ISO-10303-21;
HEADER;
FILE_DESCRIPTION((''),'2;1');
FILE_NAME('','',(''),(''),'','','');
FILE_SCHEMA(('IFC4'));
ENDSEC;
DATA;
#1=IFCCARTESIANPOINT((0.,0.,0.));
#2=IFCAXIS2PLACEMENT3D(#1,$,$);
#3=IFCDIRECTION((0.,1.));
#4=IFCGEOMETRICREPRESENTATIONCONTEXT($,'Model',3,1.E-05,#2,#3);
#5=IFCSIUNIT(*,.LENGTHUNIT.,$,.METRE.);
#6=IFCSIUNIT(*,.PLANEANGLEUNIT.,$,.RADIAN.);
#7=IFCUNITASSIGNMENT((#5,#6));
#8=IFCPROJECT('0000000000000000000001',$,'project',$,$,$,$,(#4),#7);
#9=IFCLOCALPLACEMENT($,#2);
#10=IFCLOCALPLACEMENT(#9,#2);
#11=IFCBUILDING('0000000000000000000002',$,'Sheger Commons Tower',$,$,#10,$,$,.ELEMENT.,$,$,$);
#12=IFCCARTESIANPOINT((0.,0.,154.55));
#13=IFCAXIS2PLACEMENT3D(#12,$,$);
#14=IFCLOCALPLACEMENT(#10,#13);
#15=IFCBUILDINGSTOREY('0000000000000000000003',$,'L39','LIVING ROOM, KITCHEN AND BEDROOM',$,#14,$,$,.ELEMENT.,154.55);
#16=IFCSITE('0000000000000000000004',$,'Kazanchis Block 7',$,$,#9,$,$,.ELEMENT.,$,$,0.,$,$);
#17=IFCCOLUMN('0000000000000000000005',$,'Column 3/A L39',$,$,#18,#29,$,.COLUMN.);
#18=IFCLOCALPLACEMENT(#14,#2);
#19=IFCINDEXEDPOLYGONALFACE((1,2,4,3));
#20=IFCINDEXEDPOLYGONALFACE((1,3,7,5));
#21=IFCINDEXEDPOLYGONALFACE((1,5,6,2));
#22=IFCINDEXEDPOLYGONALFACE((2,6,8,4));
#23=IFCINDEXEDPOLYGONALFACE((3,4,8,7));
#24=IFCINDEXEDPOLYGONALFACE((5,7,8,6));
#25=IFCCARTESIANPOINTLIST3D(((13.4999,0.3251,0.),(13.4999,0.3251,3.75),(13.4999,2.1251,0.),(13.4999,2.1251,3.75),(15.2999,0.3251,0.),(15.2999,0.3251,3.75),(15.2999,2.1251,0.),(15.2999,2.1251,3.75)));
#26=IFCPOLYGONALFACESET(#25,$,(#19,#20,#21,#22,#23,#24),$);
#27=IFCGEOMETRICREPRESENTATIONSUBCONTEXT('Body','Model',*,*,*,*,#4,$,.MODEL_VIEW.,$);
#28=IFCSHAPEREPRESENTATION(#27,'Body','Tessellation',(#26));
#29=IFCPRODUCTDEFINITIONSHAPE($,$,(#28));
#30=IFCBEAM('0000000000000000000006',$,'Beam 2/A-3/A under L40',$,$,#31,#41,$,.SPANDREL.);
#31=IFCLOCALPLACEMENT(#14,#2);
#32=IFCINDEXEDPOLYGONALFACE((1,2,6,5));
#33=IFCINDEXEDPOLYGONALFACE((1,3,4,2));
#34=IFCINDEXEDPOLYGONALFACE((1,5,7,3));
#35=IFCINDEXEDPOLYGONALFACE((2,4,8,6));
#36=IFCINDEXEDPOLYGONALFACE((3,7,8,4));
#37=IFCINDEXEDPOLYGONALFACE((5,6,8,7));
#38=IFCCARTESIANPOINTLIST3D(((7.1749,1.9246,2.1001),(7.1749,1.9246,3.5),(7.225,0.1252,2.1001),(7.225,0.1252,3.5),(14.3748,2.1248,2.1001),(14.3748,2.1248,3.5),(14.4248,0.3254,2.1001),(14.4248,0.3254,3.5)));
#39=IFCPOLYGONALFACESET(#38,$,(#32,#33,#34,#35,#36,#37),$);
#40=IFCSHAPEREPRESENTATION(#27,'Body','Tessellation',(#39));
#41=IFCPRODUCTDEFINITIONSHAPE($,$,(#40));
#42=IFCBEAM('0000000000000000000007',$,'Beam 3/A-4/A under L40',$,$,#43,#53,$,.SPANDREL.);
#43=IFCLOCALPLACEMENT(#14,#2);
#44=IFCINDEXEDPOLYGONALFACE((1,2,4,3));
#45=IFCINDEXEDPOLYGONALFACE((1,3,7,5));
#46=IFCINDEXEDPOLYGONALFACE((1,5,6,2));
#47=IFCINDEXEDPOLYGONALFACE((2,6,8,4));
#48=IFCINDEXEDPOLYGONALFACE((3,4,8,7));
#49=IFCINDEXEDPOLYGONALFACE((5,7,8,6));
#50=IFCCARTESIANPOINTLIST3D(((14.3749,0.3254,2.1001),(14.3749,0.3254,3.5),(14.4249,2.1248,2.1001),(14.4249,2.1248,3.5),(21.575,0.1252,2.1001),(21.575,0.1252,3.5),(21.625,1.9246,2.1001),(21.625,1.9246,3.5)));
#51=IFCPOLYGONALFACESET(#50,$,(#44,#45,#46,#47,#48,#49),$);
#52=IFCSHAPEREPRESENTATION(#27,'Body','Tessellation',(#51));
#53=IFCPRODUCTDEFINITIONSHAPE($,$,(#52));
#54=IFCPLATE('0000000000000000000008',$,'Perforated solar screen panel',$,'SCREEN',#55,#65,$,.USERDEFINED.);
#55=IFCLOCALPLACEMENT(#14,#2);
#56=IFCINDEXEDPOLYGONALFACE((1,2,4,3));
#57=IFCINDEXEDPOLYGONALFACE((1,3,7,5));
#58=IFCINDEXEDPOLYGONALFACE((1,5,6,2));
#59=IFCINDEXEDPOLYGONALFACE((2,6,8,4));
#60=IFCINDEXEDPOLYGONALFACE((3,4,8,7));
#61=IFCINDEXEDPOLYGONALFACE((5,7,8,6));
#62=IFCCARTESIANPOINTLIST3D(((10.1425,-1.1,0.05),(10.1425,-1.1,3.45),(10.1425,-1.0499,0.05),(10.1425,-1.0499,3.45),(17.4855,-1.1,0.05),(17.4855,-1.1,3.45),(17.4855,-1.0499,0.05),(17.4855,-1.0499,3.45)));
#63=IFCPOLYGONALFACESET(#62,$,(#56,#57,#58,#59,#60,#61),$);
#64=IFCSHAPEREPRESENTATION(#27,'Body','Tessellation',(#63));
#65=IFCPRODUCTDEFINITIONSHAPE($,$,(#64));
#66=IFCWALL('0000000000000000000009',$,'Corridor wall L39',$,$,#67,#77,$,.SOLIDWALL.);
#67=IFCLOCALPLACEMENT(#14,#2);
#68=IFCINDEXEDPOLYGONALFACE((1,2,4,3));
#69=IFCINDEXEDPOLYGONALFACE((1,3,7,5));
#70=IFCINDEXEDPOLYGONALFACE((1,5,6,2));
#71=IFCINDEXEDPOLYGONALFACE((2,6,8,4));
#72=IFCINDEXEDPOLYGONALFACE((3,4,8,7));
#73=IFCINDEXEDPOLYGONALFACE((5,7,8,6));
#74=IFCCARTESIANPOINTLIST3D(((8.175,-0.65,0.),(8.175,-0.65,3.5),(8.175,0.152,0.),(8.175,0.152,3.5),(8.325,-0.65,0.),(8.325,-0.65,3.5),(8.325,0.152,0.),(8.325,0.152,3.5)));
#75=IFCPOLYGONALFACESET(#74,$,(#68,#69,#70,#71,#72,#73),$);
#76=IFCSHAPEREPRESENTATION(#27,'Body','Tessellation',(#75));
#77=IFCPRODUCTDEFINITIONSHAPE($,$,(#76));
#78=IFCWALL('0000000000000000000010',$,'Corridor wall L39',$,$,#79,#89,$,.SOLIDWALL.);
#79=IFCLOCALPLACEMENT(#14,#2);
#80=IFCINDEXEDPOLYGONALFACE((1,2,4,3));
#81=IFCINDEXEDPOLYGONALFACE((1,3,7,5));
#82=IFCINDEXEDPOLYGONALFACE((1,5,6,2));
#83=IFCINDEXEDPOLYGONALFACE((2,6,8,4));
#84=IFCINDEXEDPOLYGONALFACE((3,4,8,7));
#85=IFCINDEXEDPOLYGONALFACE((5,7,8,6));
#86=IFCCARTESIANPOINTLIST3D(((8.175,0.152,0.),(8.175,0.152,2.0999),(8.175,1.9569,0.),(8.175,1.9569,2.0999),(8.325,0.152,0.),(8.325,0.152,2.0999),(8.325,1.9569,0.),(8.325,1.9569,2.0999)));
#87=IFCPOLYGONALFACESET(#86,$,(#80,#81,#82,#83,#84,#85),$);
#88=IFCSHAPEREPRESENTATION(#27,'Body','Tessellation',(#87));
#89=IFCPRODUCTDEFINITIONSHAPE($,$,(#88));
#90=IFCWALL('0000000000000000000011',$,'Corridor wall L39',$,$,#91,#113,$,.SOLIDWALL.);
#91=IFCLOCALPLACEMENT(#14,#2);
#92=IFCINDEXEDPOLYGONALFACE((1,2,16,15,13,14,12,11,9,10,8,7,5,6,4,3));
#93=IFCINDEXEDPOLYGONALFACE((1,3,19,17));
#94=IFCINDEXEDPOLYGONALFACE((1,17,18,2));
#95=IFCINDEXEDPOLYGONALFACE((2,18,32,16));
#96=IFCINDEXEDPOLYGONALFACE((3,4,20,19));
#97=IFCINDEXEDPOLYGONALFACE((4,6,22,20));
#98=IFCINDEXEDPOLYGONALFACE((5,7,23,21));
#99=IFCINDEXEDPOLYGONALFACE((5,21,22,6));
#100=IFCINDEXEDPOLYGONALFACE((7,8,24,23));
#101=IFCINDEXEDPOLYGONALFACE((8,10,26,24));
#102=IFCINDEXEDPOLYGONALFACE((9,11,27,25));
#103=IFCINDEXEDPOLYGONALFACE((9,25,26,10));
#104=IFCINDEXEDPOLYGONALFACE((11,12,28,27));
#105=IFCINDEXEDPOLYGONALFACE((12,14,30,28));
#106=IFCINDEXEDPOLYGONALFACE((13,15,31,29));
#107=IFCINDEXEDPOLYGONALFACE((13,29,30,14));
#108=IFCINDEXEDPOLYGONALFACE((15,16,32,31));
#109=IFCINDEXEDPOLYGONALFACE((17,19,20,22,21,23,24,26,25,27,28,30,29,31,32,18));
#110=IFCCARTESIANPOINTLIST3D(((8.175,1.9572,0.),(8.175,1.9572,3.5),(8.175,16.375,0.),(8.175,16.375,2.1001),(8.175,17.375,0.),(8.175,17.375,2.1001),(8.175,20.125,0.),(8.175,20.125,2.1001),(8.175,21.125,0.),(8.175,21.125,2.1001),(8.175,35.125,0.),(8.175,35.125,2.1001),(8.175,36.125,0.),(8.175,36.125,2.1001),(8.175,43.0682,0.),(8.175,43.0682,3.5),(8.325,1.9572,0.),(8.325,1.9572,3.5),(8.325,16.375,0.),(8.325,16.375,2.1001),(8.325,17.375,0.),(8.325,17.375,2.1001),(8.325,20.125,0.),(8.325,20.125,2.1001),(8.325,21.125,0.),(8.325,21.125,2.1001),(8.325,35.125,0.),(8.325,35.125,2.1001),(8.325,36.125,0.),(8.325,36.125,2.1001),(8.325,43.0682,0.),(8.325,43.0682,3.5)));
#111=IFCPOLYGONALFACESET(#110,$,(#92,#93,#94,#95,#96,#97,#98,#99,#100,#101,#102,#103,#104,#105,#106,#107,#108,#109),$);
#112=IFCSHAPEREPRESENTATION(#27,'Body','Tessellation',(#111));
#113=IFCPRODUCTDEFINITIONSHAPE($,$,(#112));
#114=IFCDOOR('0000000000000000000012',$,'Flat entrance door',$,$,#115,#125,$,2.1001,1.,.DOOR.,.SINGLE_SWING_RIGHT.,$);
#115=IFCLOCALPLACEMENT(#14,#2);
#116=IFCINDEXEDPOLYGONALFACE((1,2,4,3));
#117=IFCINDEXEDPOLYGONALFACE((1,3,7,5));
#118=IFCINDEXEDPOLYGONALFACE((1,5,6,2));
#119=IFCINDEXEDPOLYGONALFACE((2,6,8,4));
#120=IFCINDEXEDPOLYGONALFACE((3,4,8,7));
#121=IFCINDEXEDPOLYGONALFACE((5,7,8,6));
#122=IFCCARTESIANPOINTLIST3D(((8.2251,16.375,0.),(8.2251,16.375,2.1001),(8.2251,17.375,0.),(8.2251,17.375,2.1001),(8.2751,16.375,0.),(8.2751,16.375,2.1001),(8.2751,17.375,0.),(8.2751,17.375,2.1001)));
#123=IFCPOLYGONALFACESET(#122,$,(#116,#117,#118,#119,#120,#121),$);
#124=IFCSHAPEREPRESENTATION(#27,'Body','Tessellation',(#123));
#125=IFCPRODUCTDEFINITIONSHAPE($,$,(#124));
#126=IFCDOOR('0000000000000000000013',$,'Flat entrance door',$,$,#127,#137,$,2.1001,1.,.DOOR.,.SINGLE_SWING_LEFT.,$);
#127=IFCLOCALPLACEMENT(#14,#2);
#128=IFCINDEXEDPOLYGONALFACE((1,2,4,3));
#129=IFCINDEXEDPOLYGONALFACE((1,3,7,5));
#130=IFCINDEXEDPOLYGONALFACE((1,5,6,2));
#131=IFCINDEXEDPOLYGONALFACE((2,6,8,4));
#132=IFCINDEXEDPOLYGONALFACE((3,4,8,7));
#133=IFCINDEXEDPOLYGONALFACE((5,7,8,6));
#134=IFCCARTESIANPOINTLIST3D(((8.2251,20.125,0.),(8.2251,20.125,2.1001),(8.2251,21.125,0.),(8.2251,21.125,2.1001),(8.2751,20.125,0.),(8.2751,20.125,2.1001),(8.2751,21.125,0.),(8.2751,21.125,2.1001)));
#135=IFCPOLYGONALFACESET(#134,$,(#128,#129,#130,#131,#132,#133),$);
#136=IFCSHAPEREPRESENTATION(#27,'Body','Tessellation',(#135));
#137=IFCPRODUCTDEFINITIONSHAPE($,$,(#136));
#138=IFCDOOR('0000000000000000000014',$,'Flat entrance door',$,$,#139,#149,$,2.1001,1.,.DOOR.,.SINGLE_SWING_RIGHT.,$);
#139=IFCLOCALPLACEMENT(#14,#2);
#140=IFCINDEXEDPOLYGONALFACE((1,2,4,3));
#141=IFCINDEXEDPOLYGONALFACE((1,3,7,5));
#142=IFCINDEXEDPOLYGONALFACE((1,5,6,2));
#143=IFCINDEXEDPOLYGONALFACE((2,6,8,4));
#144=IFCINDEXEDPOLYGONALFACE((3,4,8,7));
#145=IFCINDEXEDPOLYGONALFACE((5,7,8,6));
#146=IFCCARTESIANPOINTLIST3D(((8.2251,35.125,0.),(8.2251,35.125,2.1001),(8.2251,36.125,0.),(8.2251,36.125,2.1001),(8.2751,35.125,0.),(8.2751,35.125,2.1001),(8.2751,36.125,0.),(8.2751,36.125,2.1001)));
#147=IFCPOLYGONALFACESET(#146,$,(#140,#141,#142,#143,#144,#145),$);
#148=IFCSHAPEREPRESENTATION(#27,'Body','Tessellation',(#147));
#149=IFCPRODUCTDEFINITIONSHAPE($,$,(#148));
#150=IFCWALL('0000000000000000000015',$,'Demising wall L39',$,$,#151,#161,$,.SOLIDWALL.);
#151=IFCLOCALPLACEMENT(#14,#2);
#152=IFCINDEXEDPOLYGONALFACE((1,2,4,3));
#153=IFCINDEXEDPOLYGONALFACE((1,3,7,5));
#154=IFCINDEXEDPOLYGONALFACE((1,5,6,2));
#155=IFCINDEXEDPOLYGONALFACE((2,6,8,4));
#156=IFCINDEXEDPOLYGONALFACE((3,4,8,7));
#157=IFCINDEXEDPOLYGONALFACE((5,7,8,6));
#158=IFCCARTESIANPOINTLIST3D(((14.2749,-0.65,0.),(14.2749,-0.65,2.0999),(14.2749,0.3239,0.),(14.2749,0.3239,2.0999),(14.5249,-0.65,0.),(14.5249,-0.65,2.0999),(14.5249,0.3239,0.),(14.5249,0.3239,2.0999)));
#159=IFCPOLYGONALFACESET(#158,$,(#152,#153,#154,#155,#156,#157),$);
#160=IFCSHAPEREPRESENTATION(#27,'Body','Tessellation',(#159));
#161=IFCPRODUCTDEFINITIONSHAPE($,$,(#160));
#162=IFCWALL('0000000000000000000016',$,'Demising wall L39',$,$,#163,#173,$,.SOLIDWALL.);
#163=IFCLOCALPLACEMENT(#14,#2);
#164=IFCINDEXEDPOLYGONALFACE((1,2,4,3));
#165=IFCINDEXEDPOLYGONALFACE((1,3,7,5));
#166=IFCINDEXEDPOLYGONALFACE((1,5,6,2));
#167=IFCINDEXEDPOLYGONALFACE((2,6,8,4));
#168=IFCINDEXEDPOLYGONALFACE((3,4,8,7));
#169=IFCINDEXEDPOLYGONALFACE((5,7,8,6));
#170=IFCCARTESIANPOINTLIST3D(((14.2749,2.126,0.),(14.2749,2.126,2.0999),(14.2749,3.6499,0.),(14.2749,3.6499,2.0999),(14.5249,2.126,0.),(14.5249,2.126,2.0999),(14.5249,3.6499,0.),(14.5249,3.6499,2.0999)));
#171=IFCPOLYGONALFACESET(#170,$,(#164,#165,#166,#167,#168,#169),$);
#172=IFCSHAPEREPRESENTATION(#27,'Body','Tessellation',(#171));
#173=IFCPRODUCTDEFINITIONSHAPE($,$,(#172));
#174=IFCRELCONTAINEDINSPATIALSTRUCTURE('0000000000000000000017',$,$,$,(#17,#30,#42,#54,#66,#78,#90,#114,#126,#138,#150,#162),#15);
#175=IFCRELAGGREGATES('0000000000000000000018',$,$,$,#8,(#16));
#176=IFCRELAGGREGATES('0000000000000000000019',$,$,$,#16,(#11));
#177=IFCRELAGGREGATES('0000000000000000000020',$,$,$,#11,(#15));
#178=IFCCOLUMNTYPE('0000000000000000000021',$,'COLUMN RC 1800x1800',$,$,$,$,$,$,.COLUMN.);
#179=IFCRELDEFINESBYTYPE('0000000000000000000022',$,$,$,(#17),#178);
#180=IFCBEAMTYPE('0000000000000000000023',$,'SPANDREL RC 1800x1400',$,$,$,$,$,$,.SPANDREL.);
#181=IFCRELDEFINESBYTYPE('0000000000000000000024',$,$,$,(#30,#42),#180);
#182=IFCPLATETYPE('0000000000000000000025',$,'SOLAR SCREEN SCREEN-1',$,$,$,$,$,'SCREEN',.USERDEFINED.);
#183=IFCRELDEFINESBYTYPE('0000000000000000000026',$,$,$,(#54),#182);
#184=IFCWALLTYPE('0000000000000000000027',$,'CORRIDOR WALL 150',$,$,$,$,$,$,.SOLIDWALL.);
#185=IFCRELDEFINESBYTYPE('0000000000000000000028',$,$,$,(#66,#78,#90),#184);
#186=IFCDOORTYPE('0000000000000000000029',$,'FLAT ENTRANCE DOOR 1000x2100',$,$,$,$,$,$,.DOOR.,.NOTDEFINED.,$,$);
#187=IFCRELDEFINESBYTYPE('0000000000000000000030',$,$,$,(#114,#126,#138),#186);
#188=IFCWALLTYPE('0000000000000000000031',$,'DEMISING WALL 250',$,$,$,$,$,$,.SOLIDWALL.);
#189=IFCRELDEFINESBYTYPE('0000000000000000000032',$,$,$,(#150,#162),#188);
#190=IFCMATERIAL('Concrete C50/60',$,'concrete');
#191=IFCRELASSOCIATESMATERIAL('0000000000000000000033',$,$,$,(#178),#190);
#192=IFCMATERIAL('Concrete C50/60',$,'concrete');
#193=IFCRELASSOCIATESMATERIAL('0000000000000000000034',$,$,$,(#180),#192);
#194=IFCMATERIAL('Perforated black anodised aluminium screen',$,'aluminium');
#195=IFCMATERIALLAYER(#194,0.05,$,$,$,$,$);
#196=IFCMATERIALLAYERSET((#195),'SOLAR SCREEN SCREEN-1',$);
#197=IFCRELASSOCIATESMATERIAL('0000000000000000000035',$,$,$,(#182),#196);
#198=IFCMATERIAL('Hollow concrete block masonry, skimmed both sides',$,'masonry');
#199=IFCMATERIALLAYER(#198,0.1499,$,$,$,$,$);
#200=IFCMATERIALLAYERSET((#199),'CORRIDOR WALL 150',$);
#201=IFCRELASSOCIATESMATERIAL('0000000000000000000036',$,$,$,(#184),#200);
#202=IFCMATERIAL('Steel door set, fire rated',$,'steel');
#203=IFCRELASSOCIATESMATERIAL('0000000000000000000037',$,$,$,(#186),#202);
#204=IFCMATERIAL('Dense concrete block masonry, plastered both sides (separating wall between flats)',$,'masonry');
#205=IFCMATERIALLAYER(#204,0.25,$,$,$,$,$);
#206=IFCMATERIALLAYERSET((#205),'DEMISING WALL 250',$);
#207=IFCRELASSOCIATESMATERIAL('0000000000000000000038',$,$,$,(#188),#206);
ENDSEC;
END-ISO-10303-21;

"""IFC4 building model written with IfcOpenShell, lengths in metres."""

from ifc_helpers import new_model, si_unit, direction, frame, frame_2d, origin, origin_2d, place, context, subcontext, project, spatial, rectangle, extrude, material, layer, layer_set, material_profile, profile_set, type_object, element, fill, save


model = new_model("IFC4")

# Units and contexts
model_context = context("Model", 3, precision=1e-05, world=origin(), true_north=direction((0.0, 1.0)))
body_context = subcontext(model_context, "Body", "Model", "MODEL_VIEW")
ifc_project = project(units=[si_unit("LENGTHUNIT", "METRE"), si_unit("PLANEANGLEUNIT", "RADIAN")], contexts=[model_context])

# Site, building, storey
site_placement = place(None, origin())
site = spatial("IfcSite", under=ifc_project, at=site_placement, Name="Kazanchis Block 7", CompositionType="ELEMENT", RefElevation=0.0)
building_placement = place(site_placement, origin())
building = spatial("IfcBuilding", under=site, at=building_placement, Name="Sheger Commons Tower", CompositionType="ELEMENT")
storey_placement = place(building_placement, frame((0.0, 0.0, 154.55)))
storey = spatial("IfcBuildingStorey", under=building, at=storey_placement, Name="L39", Description="LIVING ROOM, KITCHEN AND BEDROOM", CompositionType="ELEMENT", Elevation=154.55)

# Column
ifc_material_1 = material(Name="Concrete C50/60", Category="concrete")
ifc_material_profile_1 = material_profile(ifc_material_1, rectangle(XDim=1.8, YDim=1.8, at=origin_2d()), Name="RC 1800x1800")
ifc_profile_set_1 = profile_set([ifc_material_profile_1], Name="Concrete C50/60")
column_type = type_object("IfcColumnType", Name="COLUMN RC 1800x1800", PredefinedType="COLUMN", material=ifc_profile_set_1)
column_placement = place(storey_placement, frame((14.3999, 1.2251, 0.0), z_axis=(0.0, 0.0, 1.0), x_axis=(1.0, 0.0, 0.0)))
element("IfcColumn", 1, at=column_placement, inside=storey, type_object=column_type, Name="Column 3/A L39", PredefinedType="COLUMN", context=body_context, shape_type="SweptSolid", body=[
    extrude(rectangle(XDim=1.8, YDim=1.8, at=origin_2d()), origin(), (0.0, 0.0, 1.0), 3.75),
])

# Beams
ifc_material_2 = material(Name="Concrete C50/60", Category="concrete")
ifc_material_profile_2 = material_profile(ifc_material_2, rectangle(XDim=1.8, YDim=1.3999, at=origin_2d()), Name="RC 1800x1400")
ifc_profile_set_2 = profile_set([ifc_material_profile_2], Name="Concrete C50/60")
beam_type = type_object("IfcBeamType", Name="SPANDREL RC 1800x1400", PredefinedType="SPANDREL", material=ifc_profile_set_2)
beam_1_placement = place(storey_placement, frame((7.2, 1.0249, 2.8), z_axis=(0.999614, 0.027794, 0.0), x_axis=(-0.027794, 0.999614, 0.0)))
element("IfcBeam", 2, at=beam_1_placement, inside=storey, type_object=beam_type, Name="Beam 2/A-3/A under L40", PredefinedType="SPANDREL", context=body_context, shape_type="SweptSolid", body=[
    extrude(rectangle(XDim=1.8, YDim=1.3999, at=origin_2d()), origin(), (0.0, 0.0, 1.0), 7.2026),
])
beam_2_placement = place(storey_placement, frame((14.3999, 1.2251, 2.8), z_axis=(0.999614, -0.027793, 0.0), x_axis=(0.027793, 0.999614, 0.0)))
element("IfcBeam", 3, at=beam_2_placement, inside=storey, type_object=beam_type, Name="Beam 3/A-4/A under L40", PredefinedType="SPANDREL", context=body_context, shape_type="SweptSolid", body=[
    extrude(rectangle(XDim=1.8, YDim=1.3999, at=origin_2d()), origin(), (0.0, 0.0, 1.0), 7.2029),
])

# Plate
ifc_material_3 = material(Name="Perforated black anodised aluminium screen", Category="aluminium")
ifc_layer_1 = layer(ifc_material_3, 0.05)
ifc_layer_set_1 = layer_set([ifc_layer_1], Name="SOLAR SCREEN SCREEN-1")
plate_type = type_object("IfcPlateType", Name="SOLAR SCREEN SCREEN-1", ElementType="SCREEN", PredefinedType="USERDEFINED", material=ifc_layer_set_1)
plate_placement = place(storey_placement, frame((13.814, -1.075, 0.05), z_axis=(0.0, 0.0, 1.0), x_axis=(1.0, 0.0, 0.0)))
element("IfcPlate", 4, at=plate_placement, inside=storey, type_object=plate_type, Name="Perforated solar screen panel", ObjectType="SCREEN", PredefinedType="USERDEFINED", context=body_context, shape_type="SweptSolid", body=[
    extrude(rectangle(XDim=7.343, YDim=0.05, at=origin_2d()), origin(), (0.0, 0.0, 1.0), 3.3999),
])

# Walls
ifc_material_4 = material(Name="Hollow concrete block masonry, skimmed both sides", Category="masonry")
ifc_layer_2 = layer(ifc_material_4, 0.1499)
ifc_layer_set_2 = layer_set([ifc_layer_2], Name="CORRIDOR WALL 150")
wall_type_1 = type_object("IfcWallType", Name="CORRIDOR WALL 150", PredefinedType="SOLIDWALL", material=ifc_layer_set_2)
wall_1_placement = place(storey_placement, frame((8.25, -0.6499, 0.0), z_axis=(0.0, 0.0, 1.0), x_axis=(0.0, 1.0, 0.0)))
element("IfcWall", 5, at=wall_1_placement, inside=storey, type_object=wall_type_1, Name="Corridor wall L39", PredefinedType="SOLIDWALL", context=body_context, shape_type="SweptSolid", body=[
    extrude(rectangle(XDim=0.802, YDim=0.1499, at=frame_2d((0.4009, 0.0))), origin(), (0.0, 0.0, 1.0), 3.5),
])
wall_2_placement = place(storey_placement, frame((8.25, 0.1521, 0.0), z_axis=(0.0, 0.0, 1.0), x_axis=(0.0, 1.0, 0.0)))
element("IfcWall", 6, at=wall_2_placement, inside=storey, type_object=wall_type_1, Name="Corridor wall L39", PredefinedType="SOLIDWALL", context=body_context, shape_type="SweptSolid", body=[
    extrude(rectangle(XDim=1.8049, YDim=0.1499, at=frame_2d((0.9023, 0.0))), origin(), (0.0, 0.0, 1.0), 2.0999),
])

# Wall, openings, doors
wall_3_placement = place(storey_placement, frame((8.25, 1.957, 0.0), z_axis=(0.0, 0.0, 1.0), x_axis=(0.0, 1.0, 0.0)))
wall_3 = element("IfcWall", 7, at=wall_3_placement, inside=storey, type_object=wall_type_1, Name="Corridor wall L39", PredefinedType="SOLIDWALL", context=body_context, shape_type="SweptSolid", body=[
    extrude(rectangle(XDim=41.1111, YDim=0.1499, at=frame_2d((20.5557, 0.0))), origin(), (0.0, 0.0, 1.0), 3.5),
])
opening_1_placement = place(wall_3_placement, frame((14.418, 0.0, 0.0)))
opening_1 = element("IfcOpeningElement", 8, at=opening_1_placement, cuts=wall_3, PredefinedType="OPENING", context=body_context, shape_type="SweptSolid", body=[
    extrude(rectangle(XDim=1.0, YDim=2.1001, at=frame_2d((0.5, 1.05))), frame((0.0, 0.085, 0.0), z_axis=(0.0, -1.0, 0.0), x_axis=(1.0, 0.0, 0.0)), (0.0, 0.0, 1.0), 0.1699),
])
opening_2_placement = place(wall_3_placement, frame((18.168, 0.0, 0.0)))
opening_2 = element("IfcOpeningElement", 9, at=opening_2_placement, cuts=wall_3, PredefinedType="OPENING", context=body_context, shape_type="SweptSolid", body=[
    extrude(rectangle(XDim=1.0, YDim=2.1001, at=frame_2d((0.5, 1.05))), frame((0.0, 0.085, 0.0), z_axis=(0.0, -1.0, 0.0), x_axis=(1.0, 0.0, 0.0)), (0.0, 0.0, 1.0), 0.1699),
])
opening_3_placement = place(wall_3_placement, frame((33.168, 0.0, 0.0)))
opening_3 = element("IfcOpeningElement", 10, at=opening_3_placement, cuts=wall_3, PredefinedType="OPENING", context=body_context, shape_type="SweptSolid", body=[
    extrude(rectangle(XDim=1.0, YDim=2.1001, at=frame_2d((0.5, 1.05))), frame((0.0, 0.085, 0.0), z_axis=(0.0, -1.0, 0.0), x_axis=(1.0, 0.0, 0.0)), (0.0, 0.0, 1.0), 0.1699),
])
ifc_material_5 = material(Name="Steel door set, fire rated", Category="steel")
door_type = type_object("IfcDoorType", Name="FLAT ENTRANCE DOOR 1000x2100", OperationType="NOTDEFINED", PredefinedType="DOOR", material=ifc_material_5)
door_1_placement = place(opening_1_placement, origin())
door_1 = element("IfcDoor", 11, at=door_1_placement, inside=storey, type_object=door_type, Name="Flat entrance door", OperationType="SINGLE_SWING_RIGHT", OverallHeight=2.1001, OverallWidth=1.0, PredefinedType="DOOR", context=body_context, shape_type="SweptSolid", body=[
    extrude(rectangle(XDim=1.0, YDim=2.1001, at=frame_2d((0.5, 1.05))), frame((0.0, 0.0249, 0.0), z_axis=(0.0, -1.0, 0.0), x_axis=(1.0, 0.0, 0.0)), (0.0, 0.0, 1.0), 0.05),
])
fill(opening_1, door_1)
door_2_placement = place(opening_2_placement, origin())
door_2 = element("IfcDoor", 12, at=door_2_placement, inside=storey, type_object=door_type, Name="Flat entrance door", OperationType="SINGLE_SWING_LEFT", OverallHeight=2.1001, OverallWidth=1.0, PredefinedType="DOOR", context=body_context, shape_type="SweptSolid", body=[
    extrude(rectangle(XDim=1.0, YDim=2.1001, at=frame_2d((0.5, 1.05))), frame((0.0, 0.0249, 0.0), z_axis=(0.0, -1.0, 0.0), x_axis=(1.0, 0.0, 0.0)), (0.0, 0.0, 1.0), 0.05),
])
fill(opening_2, door_2)
door_3_placement = place(opening_3_placement, origin())
door_3 = element("IfcDoor", 13, at=door_3_placement, inside=storey, type_object=door_type, Name="Flat entrance door", OperationType="SINGLE_SWING_RIGHT", OverallHeight=2.1001, OverallWidth=1.0, PredefinedType="DOOR", context=body_context, shape_type="SweptSolid", body=[
    extrude(rectangle(XDim=1.0, YDim=2.1001, at=frame_2d((0.5, 1.05))), frame((0.0, 0.0249, 0.0), z_axis=(0.0, -1.0, 0.0), x_axis=(1.0, 0.0, 0.0)), (0.0, 0.0, 1.0), 0.05),
])
fill(opening_3, door_3)

# Walls
ifc_material_6 = material(Name="Dense concrete block masonry, plastered both sides (separating wall between flats)", Category="masonry")
ifc_layer_3 = layer(ifc_material_6, 0.25)
ifc_layer_set_3 = layer_set([ifc_layer_3], Name="DEMISING WALL 250")
wall_type_2 = type_object("IfcWallType", Name="DEMISING WALL 250", PredefinedType="SOLIDWALL", material=ifc_layer_set_3)
wall_4_placement = place(storey_placement, frame((14.3999, -0.6499, 0.0), z_axis=(0.0, 0.0, 1.0), x_axis=(0.0, 1.0, 0.0)))
element("IfcWall", 14, at=wall_4_placement, inside=storey, type_object=wall_type_2, Name="Demising wall L39", PredefinedType="SOLIDWALL", context=body_context, shape_type="SweptSolid", body=[
    extrude(rectangle(XDim=0.9739, YDim=0.25, at=frame_2d((0.4868, 0.0))), origin(), (0.0, 0.0, 1.0), 2.0999),
])
wall_5_placement = place(storey_placement, frame((14.3999, 2.126, 0.0), z_axis=(0.0, 0.0, 1.0), x_axis=(0.0, 1.0, 0.0)))
element("IfcWall", 15, at=wall_5_placement, inside=storey, type_object=wall_type_2, Name="Demising wall L39", PredefinedType="SOLIDWALL", context=body_context, shape_type="SweptSolid", body=[
    extrude(rectangle(XDim=1.5239, YDim=0.25, at=frame_2d((0.762, 0.0))), origin(), (0.0, 0.0, 1.0), 2.0999),
])

save(model, "model.ifc")
